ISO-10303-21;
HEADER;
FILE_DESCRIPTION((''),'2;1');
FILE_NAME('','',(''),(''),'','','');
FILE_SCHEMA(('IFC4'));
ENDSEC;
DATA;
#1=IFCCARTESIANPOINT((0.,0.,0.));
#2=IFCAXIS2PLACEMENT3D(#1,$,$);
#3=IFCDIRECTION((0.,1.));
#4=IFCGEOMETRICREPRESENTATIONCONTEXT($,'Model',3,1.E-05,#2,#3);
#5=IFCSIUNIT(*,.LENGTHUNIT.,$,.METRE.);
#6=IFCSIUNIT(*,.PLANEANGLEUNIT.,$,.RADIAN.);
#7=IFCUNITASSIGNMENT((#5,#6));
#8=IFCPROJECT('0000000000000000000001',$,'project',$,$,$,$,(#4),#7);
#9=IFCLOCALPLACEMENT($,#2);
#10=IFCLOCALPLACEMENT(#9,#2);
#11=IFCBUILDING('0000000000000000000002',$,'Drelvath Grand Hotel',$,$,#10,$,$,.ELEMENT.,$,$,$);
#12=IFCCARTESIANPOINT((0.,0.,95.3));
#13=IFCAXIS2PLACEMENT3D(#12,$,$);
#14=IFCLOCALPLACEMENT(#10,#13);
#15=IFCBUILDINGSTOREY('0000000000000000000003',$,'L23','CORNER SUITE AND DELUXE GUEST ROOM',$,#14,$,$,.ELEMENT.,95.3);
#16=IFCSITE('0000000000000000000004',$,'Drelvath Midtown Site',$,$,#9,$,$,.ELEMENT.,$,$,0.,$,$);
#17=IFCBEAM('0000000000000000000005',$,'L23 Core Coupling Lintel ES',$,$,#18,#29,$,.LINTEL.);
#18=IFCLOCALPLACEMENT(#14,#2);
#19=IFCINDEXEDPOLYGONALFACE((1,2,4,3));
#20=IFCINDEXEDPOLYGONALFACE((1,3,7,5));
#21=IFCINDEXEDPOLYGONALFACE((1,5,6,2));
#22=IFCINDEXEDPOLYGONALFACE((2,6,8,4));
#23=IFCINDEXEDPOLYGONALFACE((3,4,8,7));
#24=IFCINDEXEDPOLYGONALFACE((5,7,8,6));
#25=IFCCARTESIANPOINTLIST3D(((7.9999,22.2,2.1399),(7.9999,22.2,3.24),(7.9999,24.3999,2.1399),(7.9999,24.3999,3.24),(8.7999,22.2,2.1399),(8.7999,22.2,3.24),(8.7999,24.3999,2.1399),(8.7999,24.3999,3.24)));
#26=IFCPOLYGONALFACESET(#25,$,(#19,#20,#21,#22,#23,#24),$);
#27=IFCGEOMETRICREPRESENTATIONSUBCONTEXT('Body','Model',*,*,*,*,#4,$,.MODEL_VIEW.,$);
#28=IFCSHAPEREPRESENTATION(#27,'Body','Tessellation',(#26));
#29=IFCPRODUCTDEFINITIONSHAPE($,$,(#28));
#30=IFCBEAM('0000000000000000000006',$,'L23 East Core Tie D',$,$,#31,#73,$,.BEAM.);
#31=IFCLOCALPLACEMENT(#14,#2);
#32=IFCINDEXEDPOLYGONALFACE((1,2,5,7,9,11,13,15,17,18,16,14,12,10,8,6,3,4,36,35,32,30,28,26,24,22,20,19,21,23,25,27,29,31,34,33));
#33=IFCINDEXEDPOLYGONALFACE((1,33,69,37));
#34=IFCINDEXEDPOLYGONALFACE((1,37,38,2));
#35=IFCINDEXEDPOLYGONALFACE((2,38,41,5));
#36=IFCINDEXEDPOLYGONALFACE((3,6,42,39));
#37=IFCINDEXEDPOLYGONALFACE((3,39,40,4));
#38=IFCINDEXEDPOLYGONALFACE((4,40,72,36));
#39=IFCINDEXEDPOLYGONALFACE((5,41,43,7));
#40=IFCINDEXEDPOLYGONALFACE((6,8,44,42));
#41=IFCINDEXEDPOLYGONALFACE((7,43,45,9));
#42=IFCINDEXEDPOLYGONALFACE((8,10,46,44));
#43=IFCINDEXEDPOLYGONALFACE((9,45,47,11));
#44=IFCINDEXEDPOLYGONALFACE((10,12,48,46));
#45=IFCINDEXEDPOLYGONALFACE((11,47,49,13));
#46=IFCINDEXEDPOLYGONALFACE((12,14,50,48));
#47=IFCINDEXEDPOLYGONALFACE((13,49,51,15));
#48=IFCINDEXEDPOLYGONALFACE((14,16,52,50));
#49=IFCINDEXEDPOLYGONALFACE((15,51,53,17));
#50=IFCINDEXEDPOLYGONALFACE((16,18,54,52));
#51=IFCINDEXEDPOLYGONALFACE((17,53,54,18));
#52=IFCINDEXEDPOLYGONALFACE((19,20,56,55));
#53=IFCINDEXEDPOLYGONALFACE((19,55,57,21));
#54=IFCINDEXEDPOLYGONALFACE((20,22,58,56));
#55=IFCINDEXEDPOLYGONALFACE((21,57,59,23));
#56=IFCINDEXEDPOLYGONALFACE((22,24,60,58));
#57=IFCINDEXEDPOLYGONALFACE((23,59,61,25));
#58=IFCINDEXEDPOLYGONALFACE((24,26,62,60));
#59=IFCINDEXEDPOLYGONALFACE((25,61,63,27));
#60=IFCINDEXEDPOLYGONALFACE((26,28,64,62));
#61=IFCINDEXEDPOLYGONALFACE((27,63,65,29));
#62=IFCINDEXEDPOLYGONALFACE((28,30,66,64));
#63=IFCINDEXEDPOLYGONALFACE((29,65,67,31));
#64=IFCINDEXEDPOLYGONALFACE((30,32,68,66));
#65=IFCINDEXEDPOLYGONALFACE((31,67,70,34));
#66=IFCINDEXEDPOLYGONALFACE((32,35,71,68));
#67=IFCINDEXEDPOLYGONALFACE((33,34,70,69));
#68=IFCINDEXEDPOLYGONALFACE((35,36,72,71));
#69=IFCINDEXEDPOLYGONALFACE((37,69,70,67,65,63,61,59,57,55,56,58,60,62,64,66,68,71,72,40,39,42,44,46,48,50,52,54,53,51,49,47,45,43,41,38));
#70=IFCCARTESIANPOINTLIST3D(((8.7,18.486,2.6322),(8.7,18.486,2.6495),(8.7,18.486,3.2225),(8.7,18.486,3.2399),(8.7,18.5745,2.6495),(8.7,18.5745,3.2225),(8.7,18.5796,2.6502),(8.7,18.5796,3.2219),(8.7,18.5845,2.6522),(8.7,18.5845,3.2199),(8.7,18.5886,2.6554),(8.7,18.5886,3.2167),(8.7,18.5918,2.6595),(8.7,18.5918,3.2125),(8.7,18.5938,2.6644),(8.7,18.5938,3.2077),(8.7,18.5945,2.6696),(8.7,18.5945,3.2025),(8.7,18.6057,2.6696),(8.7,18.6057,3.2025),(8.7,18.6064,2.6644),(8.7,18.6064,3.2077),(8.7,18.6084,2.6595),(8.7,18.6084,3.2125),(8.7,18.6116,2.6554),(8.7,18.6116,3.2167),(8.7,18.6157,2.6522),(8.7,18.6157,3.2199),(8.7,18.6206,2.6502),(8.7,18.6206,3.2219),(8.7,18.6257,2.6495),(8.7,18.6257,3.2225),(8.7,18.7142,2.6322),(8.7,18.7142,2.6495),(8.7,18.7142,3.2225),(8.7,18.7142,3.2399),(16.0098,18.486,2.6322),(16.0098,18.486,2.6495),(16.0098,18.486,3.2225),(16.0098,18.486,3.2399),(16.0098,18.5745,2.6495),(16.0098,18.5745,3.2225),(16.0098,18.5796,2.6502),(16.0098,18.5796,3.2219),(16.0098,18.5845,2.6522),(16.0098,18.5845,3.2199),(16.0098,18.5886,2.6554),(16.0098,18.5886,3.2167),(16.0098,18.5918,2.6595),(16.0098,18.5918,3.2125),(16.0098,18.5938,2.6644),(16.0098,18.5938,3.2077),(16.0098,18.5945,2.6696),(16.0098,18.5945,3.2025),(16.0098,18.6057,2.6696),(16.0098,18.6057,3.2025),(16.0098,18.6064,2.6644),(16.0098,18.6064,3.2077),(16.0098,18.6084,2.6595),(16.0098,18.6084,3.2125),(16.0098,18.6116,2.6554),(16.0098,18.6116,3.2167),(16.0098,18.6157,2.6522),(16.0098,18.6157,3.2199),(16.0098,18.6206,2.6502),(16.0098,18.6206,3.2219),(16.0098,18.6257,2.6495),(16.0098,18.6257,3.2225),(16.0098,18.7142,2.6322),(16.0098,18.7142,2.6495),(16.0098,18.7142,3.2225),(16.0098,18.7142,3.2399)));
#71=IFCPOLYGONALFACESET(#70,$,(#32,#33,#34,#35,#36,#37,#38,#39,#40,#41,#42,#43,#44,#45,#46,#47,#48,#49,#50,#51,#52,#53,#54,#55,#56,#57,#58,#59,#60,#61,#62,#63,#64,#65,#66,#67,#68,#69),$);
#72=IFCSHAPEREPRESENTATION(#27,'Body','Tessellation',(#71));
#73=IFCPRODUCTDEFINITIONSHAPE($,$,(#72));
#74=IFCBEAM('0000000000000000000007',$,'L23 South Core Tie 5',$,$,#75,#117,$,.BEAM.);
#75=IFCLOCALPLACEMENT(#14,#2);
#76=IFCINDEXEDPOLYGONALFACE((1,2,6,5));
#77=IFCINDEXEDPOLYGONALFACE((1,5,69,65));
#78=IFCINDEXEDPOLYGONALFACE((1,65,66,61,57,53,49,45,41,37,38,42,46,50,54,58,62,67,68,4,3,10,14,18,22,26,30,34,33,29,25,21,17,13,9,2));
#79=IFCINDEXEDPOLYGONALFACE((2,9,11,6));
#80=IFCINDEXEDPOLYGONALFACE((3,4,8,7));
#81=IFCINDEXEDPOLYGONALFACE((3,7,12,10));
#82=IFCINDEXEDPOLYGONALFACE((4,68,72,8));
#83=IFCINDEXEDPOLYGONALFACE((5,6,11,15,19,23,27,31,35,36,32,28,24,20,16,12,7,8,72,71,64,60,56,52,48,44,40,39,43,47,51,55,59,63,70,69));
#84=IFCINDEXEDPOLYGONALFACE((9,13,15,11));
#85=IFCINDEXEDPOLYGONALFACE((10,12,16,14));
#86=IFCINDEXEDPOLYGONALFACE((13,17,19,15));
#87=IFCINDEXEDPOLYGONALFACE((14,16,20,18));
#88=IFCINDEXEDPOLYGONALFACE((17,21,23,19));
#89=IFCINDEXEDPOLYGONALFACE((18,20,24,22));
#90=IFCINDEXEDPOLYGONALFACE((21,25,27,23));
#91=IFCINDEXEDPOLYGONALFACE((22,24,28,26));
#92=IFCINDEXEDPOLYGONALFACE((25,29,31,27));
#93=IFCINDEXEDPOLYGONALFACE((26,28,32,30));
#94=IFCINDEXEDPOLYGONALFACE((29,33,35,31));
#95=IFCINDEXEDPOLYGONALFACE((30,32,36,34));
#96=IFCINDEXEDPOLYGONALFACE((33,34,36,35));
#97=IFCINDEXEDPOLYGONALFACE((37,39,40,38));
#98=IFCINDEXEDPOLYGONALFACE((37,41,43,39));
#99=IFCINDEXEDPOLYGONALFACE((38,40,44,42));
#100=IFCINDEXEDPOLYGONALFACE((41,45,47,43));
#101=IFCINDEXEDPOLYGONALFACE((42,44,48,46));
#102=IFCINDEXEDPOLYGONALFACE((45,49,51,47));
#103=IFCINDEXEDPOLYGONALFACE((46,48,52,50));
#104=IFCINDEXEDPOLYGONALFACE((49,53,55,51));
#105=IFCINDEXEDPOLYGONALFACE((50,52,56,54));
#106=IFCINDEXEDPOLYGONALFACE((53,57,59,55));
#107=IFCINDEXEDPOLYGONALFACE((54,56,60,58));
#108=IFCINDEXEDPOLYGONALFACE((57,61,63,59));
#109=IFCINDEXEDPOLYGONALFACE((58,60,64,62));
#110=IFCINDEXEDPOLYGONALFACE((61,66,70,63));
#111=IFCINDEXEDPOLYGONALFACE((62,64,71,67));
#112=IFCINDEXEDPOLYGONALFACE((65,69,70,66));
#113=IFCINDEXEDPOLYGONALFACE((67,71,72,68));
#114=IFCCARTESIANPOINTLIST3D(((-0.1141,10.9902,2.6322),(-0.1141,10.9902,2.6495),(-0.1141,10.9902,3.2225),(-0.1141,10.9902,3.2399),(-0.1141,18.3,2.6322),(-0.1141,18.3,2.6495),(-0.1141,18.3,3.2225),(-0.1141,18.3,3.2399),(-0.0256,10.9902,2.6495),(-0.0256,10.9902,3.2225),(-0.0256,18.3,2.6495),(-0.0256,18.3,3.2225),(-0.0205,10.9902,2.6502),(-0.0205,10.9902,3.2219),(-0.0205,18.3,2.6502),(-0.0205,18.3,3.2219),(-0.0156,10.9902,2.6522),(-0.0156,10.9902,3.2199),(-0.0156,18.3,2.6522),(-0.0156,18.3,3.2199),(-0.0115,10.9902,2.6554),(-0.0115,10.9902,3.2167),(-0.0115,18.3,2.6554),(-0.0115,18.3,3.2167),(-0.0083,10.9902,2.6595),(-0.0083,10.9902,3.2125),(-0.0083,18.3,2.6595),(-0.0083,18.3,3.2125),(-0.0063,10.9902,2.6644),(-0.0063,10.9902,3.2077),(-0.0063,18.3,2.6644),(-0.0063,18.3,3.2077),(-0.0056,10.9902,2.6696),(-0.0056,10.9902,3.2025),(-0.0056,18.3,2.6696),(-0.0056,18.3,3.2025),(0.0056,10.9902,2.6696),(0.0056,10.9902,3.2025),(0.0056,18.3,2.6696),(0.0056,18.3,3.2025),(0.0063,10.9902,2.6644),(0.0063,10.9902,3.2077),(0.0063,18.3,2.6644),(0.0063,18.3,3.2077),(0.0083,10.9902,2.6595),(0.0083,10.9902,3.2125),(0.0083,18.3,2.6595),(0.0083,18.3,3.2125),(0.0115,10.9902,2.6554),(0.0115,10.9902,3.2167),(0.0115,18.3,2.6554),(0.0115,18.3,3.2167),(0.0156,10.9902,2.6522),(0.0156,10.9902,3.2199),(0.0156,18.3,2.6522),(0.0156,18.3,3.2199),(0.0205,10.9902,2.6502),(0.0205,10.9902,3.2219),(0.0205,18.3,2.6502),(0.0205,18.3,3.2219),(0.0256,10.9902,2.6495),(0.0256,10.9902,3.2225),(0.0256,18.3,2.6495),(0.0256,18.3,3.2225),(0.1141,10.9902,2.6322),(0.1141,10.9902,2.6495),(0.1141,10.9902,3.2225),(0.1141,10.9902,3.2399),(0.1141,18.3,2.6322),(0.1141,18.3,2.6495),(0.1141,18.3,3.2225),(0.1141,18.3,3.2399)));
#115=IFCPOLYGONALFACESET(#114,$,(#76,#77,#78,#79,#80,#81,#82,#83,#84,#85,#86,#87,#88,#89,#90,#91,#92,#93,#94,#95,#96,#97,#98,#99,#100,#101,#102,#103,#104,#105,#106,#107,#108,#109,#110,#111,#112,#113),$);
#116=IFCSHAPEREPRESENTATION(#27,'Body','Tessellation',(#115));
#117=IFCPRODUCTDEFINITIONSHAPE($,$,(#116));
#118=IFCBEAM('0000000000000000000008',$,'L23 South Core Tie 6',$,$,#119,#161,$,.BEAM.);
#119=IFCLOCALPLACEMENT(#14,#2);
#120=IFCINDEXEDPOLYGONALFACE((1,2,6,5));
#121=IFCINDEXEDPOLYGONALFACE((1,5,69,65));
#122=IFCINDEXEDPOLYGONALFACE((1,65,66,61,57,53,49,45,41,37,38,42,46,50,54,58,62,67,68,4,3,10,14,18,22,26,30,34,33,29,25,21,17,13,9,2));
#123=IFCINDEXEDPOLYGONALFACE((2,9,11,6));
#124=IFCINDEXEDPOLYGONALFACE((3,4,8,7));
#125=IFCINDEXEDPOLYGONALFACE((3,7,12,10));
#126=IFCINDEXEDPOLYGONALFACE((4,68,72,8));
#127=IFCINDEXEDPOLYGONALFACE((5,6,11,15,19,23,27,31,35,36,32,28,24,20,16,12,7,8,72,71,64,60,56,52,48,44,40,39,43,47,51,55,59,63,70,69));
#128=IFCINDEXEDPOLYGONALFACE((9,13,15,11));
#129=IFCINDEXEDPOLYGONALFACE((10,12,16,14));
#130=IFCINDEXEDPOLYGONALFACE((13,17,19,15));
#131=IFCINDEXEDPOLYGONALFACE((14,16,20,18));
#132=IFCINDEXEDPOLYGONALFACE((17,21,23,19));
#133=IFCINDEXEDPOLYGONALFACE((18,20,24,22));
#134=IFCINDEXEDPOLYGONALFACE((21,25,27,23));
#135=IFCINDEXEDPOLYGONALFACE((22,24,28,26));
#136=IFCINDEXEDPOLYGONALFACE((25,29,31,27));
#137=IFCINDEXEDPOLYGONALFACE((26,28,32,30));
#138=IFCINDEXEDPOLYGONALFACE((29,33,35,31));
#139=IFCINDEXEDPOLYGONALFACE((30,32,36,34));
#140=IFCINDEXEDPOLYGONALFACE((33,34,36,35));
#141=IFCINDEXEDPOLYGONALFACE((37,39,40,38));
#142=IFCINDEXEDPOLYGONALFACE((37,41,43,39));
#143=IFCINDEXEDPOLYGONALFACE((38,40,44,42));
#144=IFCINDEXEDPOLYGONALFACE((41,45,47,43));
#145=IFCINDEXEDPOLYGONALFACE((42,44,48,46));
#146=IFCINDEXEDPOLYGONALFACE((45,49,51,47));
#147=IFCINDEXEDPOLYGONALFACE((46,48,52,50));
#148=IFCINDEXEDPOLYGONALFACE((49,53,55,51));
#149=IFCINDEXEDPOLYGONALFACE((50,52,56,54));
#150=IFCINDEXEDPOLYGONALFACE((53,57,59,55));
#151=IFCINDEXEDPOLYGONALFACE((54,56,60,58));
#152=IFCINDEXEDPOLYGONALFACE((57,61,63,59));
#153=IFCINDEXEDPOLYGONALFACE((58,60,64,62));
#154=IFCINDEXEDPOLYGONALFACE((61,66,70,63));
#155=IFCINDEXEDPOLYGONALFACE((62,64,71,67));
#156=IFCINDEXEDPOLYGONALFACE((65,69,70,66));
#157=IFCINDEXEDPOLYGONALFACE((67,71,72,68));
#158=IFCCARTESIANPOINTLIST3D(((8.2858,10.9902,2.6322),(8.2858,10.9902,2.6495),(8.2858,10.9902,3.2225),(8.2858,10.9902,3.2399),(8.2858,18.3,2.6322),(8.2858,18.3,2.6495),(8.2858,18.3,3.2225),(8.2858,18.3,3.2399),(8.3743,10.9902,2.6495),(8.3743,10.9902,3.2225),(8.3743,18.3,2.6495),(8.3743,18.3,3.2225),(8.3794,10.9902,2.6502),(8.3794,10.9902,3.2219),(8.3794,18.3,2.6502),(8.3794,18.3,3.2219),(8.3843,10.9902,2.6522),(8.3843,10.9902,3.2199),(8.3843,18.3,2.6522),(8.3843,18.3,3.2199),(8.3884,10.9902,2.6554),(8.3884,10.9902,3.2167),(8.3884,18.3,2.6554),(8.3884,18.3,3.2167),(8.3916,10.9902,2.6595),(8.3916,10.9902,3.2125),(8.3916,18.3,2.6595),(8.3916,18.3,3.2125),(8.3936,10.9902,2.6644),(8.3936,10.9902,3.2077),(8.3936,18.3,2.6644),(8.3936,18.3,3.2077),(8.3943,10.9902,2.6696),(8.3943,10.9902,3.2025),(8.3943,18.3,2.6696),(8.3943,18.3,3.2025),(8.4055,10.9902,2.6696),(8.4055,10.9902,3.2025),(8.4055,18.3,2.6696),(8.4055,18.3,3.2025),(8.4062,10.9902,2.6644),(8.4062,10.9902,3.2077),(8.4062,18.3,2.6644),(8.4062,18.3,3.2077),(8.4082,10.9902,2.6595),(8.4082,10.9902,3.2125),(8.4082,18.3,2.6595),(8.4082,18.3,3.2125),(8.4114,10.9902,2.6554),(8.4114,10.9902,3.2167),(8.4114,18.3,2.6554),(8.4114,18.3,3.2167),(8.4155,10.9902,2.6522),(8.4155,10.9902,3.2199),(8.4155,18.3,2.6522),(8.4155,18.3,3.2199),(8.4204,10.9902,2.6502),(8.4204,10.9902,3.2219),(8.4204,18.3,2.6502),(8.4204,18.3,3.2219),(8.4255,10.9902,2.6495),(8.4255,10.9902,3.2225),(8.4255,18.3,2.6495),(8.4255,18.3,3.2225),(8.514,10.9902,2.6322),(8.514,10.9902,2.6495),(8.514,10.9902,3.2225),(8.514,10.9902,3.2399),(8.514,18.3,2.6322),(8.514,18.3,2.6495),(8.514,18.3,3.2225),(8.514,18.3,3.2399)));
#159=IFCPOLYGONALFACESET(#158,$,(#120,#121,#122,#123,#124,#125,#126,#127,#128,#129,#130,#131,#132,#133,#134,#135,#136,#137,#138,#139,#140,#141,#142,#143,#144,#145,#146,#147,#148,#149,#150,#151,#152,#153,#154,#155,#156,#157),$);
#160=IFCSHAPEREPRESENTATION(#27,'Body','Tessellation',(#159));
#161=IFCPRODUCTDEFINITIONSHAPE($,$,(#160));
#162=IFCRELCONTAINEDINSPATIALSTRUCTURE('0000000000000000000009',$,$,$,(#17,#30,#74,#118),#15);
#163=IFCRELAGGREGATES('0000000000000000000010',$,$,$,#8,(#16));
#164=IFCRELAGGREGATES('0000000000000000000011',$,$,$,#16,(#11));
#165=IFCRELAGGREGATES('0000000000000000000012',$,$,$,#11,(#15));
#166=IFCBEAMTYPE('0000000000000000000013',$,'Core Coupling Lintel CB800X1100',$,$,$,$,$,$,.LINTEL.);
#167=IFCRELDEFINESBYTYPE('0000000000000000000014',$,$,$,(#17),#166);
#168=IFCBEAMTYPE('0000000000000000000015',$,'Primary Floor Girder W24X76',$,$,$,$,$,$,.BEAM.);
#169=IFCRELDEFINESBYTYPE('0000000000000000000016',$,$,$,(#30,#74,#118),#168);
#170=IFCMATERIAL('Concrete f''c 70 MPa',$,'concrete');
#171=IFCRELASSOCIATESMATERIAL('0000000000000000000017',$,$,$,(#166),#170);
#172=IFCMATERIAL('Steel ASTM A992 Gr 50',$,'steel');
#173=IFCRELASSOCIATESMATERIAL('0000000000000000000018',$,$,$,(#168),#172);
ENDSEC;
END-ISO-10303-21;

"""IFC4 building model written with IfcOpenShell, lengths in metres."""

from ifc_helpers import new_model, si_unit, direction, frame, origin, origin_2d, place, context, subcontext, project, spatial, rectangle, i_section, extrude, material, material_profile, profile_set, type_object, element, save


model = new_model("IFC4")

# Units and contexts
model_context = context("Model", 3, precision=1e-05, world=origin(), true_north=direction((0.0, 1.0)))
body_context = subcontext(model_context, "Body", "Model", "MODEL_VIEW")
ifc_project = project(units=[si_unit("LENGTHUNIT", "METRE"), si_unit("PLANEANGLEUNIT", "RADIAN")], contexts=[model_context])

# Site, building, storey
site_placement = place(None, origin())
site = spatial("IfcSite", under=ifc_project, at=site_placement, Name="Drelvath Midtown Site", CompositionType="ELEMENT", RefElevation=0.0)
building_placement = place(site_placement, origin())
building = spatial("IfcBuilding", under=site, at=building_placement, Name="Drelvath Grand Hotel", CompositionType="ELEMENT")
storey_placement = place(building_placement, frame((0.0, 0.0, 95.3)))
storey = spatial("IfcBuildingStorey", under=building, at=storey_placement, Name="L23", Description="CORNER SUITE AND DELUXE GUEST ROOM", CompositionType="ELEMENT", Elevation=95.3)

# Beams
ifc_material_1 = material(Name="Concrete f'c 70 MPa", Category="concrete")
ifc_material_profile_1 = material_profile(ifc_material_1, rectangle(XDim=0.8, YDim=1.1001, at=origin_2d()), Name="CB800X1100")
ifc_profile_set_1 = profile_set([ifc_material_profile_1], Name="Concrete f'c 70 MPa")
beam_type_1 = type_object("IfcBeamType", Name="Core Coupling Lintel CB800X1100", PredefinedType="LINTEL", material=ifc_profile_set_1)
beam_placement = place(storey_placement, frame((8.3999, 22.2, 2.6899), z_axis=(0.0, 1.0, 0.0), x_axis=(-1.0, 0.0, 0.0)))
element("IfcBeam", 1, at=beam_placement, inside=storey, type_object=beam_type_1, Name="L23 Core Coupling Lintel ES", PredefinedType="LINTEL", context=body_context, shape_type="SweptSolid", body=[
    extrude(rectangle(XDim=0.8, YDim=1.1001, at=origin_2d()), origin(), (0.0, 0.0, 1.0), 2.2),
])
ifc_material_2 = material(Name="Steel ASTM A992 Gr 50", Category="steel")
ifc_material_profile_2 = material_profile(ifc_material_2, i_section(OverallWidth=0.2283, OverallDepth=0.6077, WebThickness=0.0112, FlangeThickness=0.0173, FilletRadius=0.02, at=origin_2d()), Name="W24X76")
ifc_profile_set_2 = profile_set([ifc_material_profile_2], Name="Steel ASTM A992 Gr 50")
beam_type_2 = type_object("IfcBeamType", Name="Primary Floor Girder W24X76", PredefinedType="BEAM", material=ifc_profile_set_2)
for number, where, z_axis, x_axis, name in (
    (2, (8.7, 18.6001, 2.936), (1.0, 0.0, 0.0), (0.0, 1.0, 0.0), "L23 East Core Tie D"),
    (3, (0.0, 10.9902, 2.936), (0.0, 1.0, 0.0), (-1.0, 0.0, 0.0), "L23 South Core Tie 5"),
    (4, (8.3999, 10.9902, 2.936), (0.0, 1.0, 0.0), (-1.0, 0.0, 0.0), "L23 South Core Tie 6"),
):
    element("IfcBeam", number, at=place(storey_placement, frame(where, z_axis=z_axis, x_axis=x_axis)), inside=storey, type_object=beam_type_2, Name=name, PredefinedType="BEAM", context=body_context, shape_type="SweptSolid", body=[
        extrude(i_section(OverallWidth=0.2283, OverallDepth=0.6077, WebThickness=0.0112, FlangeThickness=0.0173, FilletRadius=0.02, at=origin_2d()), origin(), (0.0, 0.0, 1.0), 7.3098),
    ])

save(model, "model.ifc")
